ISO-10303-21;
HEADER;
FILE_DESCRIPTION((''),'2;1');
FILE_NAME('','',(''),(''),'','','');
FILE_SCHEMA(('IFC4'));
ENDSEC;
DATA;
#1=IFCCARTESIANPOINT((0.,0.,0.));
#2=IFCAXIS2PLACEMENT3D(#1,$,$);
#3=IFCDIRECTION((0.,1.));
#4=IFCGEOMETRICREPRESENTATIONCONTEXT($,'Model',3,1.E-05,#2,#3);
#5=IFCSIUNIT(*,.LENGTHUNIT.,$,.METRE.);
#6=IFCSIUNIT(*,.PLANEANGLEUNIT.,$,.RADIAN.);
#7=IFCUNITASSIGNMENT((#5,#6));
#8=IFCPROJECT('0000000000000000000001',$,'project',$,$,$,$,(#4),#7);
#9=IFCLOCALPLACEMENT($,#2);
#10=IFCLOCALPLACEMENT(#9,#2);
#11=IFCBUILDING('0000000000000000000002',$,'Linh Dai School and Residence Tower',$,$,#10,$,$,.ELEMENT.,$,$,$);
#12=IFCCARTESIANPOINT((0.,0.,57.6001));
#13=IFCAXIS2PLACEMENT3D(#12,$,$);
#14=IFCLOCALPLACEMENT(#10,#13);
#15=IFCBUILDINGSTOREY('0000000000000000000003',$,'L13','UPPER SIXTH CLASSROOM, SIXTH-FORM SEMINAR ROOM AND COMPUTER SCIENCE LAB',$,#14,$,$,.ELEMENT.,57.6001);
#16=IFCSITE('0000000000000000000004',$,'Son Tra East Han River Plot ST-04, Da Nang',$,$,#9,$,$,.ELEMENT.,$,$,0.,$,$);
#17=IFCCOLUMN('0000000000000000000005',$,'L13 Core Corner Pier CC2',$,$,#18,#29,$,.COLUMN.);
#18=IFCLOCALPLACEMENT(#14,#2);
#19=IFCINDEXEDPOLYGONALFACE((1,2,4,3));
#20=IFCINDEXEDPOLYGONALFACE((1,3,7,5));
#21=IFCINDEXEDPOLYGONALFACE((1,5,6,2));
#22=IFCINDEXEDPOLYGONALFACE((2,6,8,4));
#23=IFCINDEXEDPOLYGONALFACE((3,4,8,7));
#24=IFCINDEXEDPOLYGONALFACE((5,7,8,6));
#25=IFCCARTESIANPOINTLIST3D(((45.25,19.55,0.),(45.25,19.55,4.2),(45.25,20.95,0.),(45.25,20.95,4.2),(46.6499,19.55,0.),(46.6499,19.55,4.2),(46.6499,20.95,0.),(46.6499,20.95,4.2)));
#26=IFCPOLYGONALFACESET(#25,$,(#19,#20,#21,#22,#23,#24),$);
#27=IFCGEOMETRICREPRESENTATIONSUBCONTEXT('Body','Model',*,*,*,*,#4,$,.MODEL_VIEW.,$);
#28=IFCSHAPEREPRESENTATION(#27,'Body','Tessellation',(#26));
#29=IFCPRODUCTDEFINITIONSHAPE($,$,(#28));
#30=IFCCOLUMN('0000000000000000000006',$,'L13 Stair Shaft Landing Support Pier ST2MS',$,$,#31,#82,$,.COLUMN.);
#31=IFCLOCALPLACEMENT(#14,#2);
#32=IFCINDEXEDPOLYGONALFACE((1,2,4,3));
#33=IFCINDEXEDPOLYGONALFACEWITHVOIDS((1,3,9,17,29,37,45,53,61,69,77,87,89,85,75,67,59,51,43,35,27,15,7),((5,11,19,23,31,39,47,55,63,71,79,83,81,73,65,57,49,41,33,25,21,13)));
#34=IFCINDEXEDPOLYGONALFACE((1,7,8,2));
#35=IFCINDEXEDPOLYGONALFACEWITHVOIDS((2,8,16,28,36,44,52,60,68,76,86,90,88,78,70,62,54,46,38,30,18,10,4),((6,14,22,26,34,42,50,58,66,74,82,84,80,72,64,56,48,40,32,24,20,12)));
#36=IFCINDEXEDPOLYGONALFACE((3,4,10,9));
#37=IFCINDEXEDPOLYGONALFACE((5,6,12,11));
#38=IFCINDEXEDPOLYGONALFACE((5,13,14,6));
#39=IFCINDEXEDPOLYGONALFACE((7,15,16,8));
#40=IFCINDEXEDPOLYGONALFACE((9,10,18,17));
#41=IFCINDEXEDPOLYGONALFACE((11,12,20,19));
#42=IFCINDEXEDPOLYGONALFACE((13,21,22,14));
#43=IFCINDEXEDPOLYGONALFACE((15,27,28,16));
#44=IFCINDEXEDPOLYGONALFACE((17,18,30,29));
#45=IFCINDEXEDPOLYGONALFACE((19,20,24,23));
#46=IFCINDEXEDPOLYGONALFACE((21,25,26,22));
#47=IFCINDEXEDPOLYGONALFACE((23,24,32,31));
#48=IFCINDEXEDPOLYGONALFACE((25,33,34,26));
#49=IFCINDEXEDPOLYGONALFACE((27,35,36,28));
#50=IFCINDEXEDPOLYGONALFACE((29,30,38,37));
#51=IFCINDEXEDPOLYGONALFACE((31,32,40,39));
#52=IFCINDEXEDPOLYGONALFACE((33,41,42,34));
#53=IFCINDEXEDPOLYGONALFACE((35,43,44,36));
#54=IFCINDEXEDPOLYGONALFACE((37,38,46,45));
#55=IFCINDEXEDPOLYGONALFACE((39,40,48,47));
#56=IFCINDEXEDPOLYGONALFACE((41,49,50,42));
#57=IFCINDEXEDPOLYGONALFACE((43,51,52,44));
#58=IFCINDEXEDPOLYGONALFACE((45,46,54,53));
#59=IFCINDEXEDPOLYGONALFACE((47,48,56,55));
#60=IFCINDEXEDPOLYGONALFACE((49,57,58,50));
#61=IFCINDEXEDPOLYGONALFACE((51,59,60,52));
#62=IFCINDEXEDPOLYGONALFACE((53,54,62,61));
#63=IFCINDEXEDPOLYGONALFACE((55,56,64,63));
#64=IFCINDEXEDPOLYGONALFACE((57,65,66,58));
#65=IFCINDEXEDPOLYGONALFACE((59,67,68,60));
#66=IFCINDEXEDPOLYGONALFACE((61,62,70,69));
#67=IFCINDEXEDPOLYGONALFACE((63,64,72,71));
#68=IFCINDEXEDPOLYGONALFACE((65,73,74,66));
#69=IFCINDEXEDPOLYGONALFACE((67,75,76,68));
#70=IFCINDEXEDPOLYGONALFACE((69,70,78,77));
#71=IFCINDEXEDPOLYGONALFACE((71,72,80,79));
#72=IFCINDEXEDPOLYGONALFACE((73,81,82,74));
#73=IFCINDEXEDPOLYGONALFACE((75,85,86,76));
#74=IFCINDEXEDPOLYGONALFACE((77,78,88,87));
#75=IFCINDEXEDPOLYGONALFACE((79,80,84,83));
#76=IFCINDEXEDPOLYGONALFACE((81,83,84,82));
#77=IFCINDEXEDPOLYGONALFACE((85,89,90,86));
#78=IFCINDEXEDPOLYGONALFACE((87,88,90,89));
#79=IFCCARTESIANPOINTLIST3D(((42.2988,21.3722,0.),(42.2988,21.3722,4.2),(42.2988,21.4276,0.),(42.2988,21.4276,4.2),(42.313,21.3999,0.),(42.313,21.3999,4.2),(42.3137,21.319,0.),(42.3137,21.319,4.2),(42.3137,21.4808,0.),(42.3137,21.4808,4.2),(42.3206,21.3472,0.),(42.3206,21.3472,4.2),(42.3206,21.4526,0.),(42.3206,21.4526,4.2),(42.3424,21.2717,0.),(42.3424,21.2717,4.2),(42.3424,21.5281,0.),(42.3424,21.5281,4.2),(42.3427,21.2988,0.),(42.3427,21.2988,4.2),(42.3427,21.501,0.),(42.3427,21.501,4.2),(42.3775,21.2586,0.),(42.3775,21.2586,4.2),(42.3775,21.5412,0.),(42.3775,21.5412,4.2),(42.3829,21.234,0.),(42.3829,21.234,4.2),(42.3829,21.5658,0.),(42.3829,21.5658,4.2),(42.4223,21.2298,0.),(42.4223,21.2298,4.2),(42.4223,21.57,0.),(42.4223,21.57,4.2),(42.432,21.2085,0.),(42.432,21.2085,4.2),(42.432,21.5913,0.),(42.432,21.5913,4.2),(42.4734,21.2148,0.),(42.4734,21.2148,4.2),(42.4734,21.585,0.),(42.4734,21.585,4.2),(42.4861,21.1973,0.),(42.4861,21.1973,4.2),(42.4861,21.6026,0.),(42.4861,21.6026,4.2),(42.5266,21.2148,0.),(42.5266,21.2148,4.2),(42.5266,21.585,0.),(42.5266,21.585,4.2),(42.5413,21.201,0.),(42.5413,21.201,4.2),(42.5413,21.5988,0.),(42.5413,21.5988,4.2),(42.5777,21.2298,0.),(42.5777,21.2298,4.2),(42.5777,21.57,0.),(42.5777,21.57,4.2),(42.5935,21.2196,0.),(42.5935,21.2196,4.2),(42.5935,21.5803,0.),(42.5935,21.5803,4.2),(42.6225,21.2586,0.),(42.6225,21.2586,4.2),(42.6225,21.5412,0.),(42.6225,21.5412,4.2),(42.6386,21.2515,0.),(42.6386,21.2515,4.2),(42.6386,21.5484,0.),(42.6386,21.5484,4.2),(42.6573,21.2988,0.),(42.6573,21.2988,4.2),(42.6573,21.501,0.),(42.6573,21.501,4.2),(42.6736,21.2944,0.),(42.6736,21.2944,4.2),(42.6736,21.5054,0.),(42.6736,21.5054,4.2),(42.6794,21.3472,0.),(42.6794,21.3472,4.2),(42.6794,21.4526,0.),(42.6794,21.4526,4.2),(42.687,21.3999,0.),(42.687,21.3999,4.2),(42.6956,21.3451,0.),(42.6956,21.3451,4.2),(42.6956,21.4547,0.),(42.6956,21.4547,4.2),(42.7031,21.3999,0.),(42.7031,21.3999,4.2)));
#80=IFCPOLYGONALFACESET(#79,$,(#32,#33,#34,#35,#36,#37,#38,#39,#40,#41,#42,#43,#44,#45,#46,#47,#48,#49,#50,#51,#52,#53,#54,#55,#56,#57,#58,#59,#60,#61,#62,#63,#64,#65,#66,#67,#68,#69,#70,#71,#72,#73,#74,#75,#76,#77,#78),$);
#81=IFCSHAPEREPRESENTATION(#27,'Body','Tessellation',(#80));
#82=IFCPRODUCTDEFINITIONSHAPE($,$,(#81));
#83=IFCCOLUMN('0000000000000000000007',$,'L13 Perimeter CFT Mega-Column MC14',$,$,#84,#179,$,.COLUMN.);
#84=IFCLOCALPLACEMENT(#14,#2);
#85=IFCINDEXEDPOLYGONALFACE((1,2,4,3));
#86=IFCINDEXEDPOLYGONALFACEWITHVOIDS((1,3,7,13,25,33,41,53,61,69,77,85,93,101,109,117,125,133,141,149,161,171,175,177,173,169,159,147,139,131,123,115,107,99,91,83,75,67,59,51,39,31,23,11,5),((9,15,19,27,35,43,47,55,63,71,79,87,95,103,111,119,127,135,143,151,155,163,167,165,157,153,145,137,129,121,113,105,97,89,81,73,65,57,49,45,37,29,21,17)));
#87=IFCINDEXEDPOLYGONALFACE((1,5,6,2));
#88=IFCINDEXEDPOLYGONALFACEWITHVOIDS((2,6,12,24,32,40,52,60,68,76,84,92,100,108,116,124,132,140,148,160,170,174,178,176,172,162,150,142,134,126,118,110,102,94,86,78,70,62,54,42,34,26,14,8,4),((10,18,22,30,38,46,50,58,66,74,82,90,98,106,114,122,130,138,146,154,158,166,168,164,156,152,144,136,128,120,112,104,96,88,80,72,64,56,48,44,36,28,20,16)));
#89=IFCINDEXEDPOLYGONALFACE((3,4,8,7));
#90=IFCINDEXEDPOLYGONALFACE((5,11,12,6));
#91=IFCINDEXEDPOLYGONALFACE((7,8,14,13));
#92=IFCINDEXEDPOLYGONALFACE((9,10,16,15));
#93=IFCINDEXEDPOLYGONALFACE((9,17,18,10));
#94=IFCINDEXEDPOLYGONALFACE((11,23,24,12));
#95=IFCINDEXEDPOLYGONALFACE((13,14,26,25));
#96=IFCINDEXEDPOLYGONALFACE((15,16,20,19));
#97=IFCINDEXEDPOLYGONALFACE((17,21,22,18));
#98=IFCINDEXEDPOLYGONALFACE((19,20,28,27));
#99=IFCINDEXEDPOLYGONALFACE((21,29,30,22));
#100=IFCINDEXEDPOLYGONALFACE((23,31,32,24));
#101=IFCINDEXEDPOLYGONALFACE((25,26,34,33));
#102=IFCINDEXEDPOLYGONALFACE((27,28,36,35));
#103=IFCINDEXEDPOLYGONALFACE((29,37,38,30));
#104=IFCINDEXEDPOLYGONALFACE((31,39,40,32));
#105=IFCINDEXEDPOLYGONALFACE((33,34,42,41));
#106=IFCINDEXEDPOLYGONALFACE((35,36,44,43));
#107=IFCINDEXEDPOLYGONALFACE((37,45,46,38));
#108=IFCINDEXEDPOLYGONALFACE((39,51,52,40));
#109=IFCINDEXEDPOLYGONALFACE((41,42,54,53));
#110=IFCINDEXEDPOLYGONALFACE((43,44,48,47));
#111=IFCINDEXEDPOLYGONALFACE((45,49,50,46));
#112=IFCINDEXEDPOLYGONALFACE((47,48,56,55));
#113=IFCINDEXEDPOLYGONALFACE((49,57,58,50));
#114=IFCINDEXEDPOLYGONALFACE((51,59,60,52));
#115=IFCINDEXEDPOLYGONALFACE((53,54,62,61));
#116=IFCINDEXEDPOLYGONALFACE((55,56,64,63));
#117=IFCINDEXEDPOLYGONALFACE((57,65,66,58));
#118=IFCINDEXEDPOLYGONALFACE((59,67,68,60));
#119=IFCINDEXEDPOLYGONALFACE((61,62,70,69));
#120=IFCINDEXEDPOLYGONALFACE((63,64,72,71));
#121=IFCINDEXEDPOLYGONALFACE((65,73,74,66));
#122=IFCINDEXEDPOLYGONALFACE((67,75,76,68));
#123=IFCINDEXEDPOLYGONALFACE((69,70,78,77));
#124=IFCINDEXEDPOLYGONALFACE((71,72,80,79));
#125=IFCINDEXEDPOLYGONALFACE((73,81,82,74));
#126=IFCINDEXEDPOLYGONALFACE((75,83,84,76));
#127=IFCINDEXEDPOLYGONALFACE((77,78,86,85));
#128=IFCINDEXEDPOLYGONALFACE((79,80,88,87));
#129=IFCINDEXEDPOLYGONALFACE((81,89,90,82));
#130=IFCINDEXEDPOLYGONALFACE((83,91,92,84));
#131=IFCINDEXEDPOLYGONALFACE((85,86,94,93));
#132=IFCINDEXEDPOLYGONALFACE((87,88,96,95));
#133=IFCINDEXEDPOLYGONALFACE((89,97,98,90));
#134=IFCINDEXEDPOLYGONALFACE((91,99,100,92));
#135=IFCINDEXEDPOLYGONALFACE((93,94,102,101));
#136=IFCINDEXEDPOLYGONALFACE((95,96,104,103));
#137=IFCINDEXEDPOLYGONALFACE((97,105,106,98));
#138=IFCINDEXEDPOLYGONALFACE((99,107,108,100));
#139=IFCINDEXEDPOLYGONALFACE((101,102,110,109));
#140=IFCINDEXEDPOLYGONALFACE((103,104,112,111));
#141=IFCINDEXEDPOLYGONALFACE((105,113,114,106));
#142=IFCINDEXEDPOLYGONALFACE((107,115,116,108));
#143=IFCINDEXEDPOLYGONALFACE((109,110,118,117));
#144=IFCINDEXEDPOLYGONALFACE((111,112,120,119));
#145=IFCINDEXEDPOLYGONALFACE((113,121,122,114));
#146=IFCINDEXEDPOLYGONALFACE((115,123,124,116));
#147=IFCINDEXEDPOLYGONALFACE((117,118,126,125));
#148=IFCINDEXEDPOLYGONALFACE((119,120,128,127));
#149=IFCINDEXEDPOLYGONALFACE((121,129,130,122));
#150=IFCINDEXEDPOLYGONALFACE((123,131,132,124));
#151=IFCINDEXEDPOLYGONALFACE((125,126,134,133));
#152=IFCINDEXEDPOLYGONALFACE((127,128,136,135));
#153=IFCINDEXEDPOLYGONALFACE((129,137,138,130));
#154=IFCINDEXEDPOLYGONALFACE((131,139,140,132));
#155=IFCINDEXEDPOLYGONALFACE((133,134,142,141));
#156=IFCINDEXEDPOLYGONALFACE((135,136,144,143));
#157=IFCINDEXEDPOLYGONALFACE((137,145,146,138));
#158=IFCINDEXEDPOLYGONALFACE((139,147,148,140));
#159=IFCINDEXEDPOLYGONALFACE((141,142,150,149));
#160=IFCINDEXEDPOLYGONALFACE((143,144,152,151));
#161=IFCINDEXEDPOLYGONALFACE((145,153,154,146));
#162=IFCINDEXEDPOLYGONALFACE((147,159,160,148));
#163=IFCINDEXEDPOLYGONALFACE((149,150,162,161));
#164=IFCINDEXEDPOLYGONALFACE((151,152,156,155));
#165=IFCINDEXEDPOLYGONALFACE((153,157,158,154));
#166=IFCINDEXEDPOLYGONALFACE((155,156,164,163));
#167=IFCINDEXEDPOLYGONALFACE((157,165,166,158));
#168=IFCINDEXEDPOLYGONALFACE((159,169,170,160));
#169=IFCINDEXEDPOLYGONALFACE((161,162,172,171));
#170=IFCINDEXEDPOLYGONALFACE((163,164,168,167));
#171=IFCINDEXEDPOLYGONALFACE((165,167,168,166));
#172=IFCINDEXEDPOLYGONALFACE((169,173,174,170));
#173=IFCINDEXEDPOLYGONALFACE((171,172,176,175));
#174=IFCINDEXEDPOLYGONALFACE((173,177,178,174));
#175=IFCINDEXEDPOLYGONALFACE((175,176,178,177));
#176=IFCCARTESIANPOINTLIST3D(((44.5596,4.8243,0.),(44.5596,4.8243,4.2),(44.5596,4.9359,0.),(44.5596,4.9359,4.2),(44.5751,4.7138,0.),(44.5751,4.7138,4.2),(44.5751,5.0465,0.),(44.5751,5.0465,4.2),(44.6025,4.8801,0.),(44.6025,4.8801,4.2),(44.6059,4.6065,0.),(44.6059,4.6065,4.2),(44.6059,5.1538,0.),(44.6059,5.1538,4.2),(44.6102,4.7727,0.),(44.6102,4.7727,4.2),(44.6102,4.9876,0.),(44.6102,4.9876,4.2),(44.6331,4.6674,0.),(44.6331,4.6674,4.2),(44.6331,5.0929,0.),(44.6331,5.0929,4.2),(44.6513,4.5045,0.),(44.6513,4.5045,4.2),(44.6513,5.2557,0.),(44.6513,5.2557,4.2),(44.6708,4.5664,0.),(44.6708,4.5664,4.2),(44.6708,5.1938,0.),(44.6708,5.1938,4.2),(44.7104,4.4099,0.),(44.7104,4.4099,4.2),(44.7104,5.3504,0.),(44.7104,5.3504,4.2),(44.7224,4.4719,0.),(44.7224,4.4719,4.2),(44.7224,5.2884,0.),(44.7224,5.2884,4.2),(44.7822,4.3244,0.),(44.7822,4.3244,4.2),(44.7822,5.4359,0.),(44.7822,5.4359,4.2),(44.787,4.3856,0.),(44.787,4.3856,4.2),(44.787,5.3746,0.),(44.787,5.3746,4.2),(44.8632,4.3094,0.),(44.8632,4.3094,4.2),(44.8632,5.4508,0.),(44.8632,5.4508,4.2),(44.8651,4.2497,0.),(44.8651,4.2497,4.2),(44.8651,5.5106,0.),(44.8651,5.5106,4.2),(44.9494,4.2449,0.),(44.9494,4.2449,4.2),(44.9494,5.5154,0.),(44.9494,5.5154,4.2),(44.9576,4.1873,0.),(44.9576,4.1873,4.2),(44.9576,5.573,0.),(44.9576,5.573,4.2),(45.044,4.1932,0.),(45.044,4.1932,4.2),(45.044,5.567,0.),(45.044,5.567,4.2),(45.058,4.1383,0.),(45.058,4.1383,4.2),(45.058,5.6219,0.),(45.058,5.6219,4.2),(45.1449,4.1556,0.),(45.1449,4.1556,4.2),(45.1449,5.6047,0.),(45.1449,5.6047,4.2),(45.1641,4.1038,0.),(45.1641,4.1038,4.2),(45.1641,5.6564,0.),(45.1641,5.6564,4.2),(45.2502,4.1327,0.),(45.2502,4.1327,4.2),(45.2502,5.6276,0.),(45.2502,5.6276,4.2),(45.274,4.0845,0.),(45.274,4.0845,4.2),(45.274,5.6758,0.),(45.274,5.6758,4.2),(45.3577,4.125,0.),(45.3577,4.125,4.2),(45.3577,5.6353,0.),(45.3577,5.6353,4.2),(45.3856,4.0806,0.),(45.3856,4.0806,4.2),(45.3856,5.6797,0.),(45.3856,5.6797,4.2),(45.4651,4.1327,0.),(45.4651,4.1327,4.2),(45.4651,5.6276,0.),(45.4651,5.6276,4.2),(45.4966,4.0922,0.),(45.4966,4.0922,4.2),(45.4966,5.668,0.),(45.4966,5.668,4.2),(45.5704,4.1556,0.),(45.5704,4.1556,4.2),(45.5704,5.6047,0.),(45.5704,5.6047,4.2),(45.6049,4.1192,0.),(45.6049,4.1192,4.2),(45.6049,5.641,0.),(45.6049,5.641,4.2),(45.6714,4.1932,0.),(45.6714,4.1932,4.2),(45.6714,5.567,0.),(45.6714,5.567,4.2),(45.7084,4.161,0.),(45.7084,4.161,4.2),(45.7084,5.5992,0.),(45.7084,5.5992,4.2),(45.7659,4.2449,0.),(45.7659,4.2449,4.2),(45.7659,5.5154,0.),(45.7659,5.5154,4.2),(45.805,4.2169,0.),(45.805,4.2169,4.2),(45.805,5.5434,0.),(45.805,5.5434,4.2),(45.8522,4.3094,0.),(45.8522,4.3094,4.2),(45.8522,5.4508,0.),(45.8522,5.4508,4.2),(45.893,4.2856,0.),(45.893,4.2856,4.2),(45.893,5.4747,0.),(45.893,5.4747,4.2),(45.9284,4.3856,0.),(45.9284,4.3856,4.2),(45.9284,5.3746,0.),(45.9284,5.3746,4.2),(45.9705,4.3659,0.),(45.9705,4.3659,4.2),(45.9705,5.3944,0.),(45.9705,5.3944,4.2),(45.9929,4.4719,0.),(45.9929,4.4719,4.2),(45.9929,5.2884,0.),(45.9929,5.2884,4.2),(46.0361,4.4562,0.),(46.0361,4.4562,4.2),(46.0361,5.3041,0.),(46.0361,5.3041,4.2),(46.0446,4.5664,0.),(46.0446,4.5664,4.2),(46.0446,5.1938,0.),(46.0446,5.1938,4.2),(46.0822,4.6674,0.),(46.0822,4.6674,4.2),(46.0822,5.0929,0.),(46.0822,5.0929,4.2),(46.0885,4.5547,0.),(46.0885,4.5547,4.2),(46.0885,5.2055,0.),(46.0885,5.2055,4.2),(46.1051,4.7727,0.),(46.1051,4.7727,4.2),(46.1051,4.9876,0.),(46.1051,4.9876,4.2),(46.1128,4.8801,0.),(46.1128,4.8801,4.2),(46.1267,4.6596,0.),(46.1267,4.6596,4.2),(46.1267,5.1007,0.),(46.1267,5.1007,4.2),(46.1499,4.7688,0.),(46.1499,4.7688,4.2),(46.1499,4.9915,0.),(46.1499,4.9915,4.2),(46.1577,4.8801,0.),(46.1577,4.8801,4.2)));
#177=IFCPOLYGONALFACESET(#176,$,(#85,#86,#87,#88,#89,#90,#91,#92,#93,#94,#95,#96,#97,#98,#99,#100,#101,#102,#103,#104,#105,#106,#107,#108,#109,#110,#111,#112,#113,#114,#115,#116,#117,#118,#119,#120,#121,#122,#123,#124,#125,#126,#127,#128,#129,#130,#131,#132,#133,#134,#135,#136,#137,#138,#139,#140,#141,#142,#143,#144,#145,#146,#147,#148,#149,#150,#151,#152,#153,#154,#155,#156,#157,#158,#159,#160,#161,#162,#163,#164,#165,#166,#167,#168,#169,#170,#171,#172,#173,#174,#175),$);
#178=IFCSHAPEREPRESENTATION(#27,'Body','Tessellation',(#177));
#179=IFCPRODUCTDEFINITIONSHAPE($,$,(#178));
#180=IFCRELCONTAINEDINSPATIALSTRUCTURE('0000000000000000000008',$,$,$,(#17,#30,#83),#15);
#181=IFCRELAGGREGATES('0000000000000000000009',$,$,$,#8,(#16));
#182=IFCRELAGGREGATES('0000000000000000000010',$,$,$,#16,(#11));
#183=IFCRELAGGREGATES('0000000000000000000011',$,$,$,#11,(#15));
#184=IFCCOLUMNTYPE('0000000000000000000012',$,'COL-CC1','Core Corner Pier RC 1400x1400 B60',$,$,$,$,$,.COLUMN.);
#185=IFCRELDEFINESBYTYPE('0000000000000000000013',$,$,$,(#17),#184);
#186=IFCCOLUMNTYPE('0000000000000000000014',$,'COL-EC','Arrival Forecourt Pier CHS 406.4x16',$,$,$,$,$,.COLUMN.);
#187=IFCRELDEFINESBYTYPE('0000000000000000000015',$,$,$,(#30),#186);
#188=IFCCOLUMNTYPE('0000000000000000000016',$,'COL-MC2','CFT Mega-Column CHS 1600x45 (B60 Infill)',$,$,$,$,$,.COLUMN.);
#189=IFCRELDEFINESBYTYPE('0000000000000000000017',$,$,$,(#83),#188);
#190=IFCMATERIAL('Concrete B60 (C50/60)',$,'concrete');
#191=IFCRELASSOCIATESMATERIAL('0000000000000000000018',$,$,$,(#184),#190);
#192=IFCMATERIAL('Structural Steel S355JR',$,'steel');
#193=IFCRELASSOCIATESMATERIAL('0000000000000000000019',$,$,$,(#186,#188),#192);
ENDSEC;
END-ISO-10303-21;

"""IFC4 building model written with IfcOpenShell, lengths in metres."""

from ifc_helpers import new_model, si_unit, direction, frame, origin, origin_2d, place, context, subcontext, project, spatial, rectangle, hollow_circle, extrude, material, material_profile, profile_set, type_object, element, save


model = new_model("IFC4")

# Units and contexts
model_context = context("Model", 3, precision=1e-05, world=origin(), true_north=direction((0.0, 1.0)))
body_context = subcontext(model_context, "Body", "Model", "MODEL_VIEW")
ifc_project = project(units=[si_unit("LENGTHUNIT", "METRE"), si_unit("PLANEANGLEUNIT", "RADIAN")], contexts=[model_context])

# Site, building, storey
site_placement = place(None, origin())
site = spatial("IfcSite", under=ifc_project, at=site_placement, Name="Son Tra East Han River Plot ST-04, Da Nang", CompositionType="ELEMENT", RefElevation=0.0)
building_placement = place(site_placement, origin())
building = spatial("IfcBuilding", under=site, at=building_placement, Name="Linh Dai School and Residence Tower", CompositionType="ELEMENT")
storey_placement = place(building_placement, frame((0.0, 0.0, 57.6001)))
storey = spatial("IfcBuildingStorey", under=building, at=storey_placement, Name="L13", Description="UPPER SIXTH CLASSROOM, SIXTH-FORM SEMINAR ROOM AND COMPUTER SCIENCE LAB", CompositionType="ELEMENT", Elevation=57.6001)

# Columns
ifc_material_1 = material(Name="Concrete B60 (C50/60)", Category="concrete")
ifc_material_profile_1 = material_profile(ifc_material_1, rectangle(XDim=1.3999, YDim=1.3999, at=origin_2d()), Name="RC 1400x1400")
ifc_profile_set_1 = profile_set([ifc_material_profile_1], Name="Concrete B60 (C50/60)")
column_type_1 = type_object("IfcColumnType", Name="COL-CC1", Description="Core Corner Pier RC 1400x1400 B60", PredefinedType="COLUMN", material=ifc_profile_set_1)
column_1_placement = place(storey_placement, frame((45.95, 20.25, 0.0), z_axis=(0.0, 0.0, 1.0), x_axis=(1.0, 0.0, 0.0)))
element("IfcColumn", 1, at=column_1_placement, inside=storey, type_object=column_type_1, Name="L13 Core Corner Pier CC2", PredefinedType="COLUMN", context=body_context, shape_type="SweptSolid", body=[
    extrude(rectangle(XDim=1.3999, YDim=1.3999, at=origin_2d()), origin(), (0.0, 0.0, 1.0), 4.2),
])
ifc_material_2 = material(Name="Structural Steel S355JR", Category="steel")
ifc_material_profile_2 = material_profile(ifc_material_2, hollow_circle(Radius=0.2031, WallThickness=0.0161, at=origin_2d()), Name="CHS 406.4x16")
ifc_profile_set_2 = profile_set([ifc_material_profile_2], Name="Structural Steel S355JR")
column_type_2 = type_object("IfcColumnType", Name="COL-EC", Description="Arrival Forecourt Pier CHS 406.4x16", PredefinedType="COLUMN", material=ifc_profile_set_2)
column_2_placement = place(storey_placement, frame((42.5, 21.3999, 0.0), z_axis=(0.0, 0.0, 1.0), x_axis=(1.0, 0.0, 0.0)))
element("IfcColumn", 2, at=column_2_placement, inside=storey, type_object=column_type_2, Name="L13 Stair Shaft Landing Support Pier ST2MS", PredefinedType="COLUMN", context=body_context, shape_type="SweptSolid", body=[
    extrude(hollow_circle(Radius=0.2031, WallThickness=0.0161, at=origin_2d()), origin(), (0.0, 0.0, 1.0), 4.2),
])
ifc_material_profile_3 = material_profile(ifc_material_2, hollow_circle(Radius=0.8, WallThickness=0.0449, at=origin_2d()), Name="CHS 1600x45")
ifc_profile_set_3 = profile_set([ifc_material_profile_3], Name="Structural Steel S355JR")
column_type_3 = type_object("IfcColumnType", Name="COL-MC2", Description="CFT Mega-Column CHS 1600x45 (B60 Infill)", PredefinedType="COLUMN", material=ifc_profile_set_3)
column_3_placement = place(storey_placement, frame((45.3577, 4.8801, 0.0), z_axis=(0.0, 0.0, 1.0), x_axis=(1.0, 0.0, 0.0)))
element("IfcColumn", 3, at=column_3_placement, inside=storey, type_object=column_type_3, Name="L13 Perimeter CFT Mega-Column MC14", PredefinedType="COLUMN", context=body_context, shape_type="SweptSolid", body=[
    extrude(hollow_circle(Radius=0.8, WallThickness=0.0449, at=origin_2d()), origin(), (0.0, 0.0, 1.0), 4.2),
])

save(model, "model.ifc")
